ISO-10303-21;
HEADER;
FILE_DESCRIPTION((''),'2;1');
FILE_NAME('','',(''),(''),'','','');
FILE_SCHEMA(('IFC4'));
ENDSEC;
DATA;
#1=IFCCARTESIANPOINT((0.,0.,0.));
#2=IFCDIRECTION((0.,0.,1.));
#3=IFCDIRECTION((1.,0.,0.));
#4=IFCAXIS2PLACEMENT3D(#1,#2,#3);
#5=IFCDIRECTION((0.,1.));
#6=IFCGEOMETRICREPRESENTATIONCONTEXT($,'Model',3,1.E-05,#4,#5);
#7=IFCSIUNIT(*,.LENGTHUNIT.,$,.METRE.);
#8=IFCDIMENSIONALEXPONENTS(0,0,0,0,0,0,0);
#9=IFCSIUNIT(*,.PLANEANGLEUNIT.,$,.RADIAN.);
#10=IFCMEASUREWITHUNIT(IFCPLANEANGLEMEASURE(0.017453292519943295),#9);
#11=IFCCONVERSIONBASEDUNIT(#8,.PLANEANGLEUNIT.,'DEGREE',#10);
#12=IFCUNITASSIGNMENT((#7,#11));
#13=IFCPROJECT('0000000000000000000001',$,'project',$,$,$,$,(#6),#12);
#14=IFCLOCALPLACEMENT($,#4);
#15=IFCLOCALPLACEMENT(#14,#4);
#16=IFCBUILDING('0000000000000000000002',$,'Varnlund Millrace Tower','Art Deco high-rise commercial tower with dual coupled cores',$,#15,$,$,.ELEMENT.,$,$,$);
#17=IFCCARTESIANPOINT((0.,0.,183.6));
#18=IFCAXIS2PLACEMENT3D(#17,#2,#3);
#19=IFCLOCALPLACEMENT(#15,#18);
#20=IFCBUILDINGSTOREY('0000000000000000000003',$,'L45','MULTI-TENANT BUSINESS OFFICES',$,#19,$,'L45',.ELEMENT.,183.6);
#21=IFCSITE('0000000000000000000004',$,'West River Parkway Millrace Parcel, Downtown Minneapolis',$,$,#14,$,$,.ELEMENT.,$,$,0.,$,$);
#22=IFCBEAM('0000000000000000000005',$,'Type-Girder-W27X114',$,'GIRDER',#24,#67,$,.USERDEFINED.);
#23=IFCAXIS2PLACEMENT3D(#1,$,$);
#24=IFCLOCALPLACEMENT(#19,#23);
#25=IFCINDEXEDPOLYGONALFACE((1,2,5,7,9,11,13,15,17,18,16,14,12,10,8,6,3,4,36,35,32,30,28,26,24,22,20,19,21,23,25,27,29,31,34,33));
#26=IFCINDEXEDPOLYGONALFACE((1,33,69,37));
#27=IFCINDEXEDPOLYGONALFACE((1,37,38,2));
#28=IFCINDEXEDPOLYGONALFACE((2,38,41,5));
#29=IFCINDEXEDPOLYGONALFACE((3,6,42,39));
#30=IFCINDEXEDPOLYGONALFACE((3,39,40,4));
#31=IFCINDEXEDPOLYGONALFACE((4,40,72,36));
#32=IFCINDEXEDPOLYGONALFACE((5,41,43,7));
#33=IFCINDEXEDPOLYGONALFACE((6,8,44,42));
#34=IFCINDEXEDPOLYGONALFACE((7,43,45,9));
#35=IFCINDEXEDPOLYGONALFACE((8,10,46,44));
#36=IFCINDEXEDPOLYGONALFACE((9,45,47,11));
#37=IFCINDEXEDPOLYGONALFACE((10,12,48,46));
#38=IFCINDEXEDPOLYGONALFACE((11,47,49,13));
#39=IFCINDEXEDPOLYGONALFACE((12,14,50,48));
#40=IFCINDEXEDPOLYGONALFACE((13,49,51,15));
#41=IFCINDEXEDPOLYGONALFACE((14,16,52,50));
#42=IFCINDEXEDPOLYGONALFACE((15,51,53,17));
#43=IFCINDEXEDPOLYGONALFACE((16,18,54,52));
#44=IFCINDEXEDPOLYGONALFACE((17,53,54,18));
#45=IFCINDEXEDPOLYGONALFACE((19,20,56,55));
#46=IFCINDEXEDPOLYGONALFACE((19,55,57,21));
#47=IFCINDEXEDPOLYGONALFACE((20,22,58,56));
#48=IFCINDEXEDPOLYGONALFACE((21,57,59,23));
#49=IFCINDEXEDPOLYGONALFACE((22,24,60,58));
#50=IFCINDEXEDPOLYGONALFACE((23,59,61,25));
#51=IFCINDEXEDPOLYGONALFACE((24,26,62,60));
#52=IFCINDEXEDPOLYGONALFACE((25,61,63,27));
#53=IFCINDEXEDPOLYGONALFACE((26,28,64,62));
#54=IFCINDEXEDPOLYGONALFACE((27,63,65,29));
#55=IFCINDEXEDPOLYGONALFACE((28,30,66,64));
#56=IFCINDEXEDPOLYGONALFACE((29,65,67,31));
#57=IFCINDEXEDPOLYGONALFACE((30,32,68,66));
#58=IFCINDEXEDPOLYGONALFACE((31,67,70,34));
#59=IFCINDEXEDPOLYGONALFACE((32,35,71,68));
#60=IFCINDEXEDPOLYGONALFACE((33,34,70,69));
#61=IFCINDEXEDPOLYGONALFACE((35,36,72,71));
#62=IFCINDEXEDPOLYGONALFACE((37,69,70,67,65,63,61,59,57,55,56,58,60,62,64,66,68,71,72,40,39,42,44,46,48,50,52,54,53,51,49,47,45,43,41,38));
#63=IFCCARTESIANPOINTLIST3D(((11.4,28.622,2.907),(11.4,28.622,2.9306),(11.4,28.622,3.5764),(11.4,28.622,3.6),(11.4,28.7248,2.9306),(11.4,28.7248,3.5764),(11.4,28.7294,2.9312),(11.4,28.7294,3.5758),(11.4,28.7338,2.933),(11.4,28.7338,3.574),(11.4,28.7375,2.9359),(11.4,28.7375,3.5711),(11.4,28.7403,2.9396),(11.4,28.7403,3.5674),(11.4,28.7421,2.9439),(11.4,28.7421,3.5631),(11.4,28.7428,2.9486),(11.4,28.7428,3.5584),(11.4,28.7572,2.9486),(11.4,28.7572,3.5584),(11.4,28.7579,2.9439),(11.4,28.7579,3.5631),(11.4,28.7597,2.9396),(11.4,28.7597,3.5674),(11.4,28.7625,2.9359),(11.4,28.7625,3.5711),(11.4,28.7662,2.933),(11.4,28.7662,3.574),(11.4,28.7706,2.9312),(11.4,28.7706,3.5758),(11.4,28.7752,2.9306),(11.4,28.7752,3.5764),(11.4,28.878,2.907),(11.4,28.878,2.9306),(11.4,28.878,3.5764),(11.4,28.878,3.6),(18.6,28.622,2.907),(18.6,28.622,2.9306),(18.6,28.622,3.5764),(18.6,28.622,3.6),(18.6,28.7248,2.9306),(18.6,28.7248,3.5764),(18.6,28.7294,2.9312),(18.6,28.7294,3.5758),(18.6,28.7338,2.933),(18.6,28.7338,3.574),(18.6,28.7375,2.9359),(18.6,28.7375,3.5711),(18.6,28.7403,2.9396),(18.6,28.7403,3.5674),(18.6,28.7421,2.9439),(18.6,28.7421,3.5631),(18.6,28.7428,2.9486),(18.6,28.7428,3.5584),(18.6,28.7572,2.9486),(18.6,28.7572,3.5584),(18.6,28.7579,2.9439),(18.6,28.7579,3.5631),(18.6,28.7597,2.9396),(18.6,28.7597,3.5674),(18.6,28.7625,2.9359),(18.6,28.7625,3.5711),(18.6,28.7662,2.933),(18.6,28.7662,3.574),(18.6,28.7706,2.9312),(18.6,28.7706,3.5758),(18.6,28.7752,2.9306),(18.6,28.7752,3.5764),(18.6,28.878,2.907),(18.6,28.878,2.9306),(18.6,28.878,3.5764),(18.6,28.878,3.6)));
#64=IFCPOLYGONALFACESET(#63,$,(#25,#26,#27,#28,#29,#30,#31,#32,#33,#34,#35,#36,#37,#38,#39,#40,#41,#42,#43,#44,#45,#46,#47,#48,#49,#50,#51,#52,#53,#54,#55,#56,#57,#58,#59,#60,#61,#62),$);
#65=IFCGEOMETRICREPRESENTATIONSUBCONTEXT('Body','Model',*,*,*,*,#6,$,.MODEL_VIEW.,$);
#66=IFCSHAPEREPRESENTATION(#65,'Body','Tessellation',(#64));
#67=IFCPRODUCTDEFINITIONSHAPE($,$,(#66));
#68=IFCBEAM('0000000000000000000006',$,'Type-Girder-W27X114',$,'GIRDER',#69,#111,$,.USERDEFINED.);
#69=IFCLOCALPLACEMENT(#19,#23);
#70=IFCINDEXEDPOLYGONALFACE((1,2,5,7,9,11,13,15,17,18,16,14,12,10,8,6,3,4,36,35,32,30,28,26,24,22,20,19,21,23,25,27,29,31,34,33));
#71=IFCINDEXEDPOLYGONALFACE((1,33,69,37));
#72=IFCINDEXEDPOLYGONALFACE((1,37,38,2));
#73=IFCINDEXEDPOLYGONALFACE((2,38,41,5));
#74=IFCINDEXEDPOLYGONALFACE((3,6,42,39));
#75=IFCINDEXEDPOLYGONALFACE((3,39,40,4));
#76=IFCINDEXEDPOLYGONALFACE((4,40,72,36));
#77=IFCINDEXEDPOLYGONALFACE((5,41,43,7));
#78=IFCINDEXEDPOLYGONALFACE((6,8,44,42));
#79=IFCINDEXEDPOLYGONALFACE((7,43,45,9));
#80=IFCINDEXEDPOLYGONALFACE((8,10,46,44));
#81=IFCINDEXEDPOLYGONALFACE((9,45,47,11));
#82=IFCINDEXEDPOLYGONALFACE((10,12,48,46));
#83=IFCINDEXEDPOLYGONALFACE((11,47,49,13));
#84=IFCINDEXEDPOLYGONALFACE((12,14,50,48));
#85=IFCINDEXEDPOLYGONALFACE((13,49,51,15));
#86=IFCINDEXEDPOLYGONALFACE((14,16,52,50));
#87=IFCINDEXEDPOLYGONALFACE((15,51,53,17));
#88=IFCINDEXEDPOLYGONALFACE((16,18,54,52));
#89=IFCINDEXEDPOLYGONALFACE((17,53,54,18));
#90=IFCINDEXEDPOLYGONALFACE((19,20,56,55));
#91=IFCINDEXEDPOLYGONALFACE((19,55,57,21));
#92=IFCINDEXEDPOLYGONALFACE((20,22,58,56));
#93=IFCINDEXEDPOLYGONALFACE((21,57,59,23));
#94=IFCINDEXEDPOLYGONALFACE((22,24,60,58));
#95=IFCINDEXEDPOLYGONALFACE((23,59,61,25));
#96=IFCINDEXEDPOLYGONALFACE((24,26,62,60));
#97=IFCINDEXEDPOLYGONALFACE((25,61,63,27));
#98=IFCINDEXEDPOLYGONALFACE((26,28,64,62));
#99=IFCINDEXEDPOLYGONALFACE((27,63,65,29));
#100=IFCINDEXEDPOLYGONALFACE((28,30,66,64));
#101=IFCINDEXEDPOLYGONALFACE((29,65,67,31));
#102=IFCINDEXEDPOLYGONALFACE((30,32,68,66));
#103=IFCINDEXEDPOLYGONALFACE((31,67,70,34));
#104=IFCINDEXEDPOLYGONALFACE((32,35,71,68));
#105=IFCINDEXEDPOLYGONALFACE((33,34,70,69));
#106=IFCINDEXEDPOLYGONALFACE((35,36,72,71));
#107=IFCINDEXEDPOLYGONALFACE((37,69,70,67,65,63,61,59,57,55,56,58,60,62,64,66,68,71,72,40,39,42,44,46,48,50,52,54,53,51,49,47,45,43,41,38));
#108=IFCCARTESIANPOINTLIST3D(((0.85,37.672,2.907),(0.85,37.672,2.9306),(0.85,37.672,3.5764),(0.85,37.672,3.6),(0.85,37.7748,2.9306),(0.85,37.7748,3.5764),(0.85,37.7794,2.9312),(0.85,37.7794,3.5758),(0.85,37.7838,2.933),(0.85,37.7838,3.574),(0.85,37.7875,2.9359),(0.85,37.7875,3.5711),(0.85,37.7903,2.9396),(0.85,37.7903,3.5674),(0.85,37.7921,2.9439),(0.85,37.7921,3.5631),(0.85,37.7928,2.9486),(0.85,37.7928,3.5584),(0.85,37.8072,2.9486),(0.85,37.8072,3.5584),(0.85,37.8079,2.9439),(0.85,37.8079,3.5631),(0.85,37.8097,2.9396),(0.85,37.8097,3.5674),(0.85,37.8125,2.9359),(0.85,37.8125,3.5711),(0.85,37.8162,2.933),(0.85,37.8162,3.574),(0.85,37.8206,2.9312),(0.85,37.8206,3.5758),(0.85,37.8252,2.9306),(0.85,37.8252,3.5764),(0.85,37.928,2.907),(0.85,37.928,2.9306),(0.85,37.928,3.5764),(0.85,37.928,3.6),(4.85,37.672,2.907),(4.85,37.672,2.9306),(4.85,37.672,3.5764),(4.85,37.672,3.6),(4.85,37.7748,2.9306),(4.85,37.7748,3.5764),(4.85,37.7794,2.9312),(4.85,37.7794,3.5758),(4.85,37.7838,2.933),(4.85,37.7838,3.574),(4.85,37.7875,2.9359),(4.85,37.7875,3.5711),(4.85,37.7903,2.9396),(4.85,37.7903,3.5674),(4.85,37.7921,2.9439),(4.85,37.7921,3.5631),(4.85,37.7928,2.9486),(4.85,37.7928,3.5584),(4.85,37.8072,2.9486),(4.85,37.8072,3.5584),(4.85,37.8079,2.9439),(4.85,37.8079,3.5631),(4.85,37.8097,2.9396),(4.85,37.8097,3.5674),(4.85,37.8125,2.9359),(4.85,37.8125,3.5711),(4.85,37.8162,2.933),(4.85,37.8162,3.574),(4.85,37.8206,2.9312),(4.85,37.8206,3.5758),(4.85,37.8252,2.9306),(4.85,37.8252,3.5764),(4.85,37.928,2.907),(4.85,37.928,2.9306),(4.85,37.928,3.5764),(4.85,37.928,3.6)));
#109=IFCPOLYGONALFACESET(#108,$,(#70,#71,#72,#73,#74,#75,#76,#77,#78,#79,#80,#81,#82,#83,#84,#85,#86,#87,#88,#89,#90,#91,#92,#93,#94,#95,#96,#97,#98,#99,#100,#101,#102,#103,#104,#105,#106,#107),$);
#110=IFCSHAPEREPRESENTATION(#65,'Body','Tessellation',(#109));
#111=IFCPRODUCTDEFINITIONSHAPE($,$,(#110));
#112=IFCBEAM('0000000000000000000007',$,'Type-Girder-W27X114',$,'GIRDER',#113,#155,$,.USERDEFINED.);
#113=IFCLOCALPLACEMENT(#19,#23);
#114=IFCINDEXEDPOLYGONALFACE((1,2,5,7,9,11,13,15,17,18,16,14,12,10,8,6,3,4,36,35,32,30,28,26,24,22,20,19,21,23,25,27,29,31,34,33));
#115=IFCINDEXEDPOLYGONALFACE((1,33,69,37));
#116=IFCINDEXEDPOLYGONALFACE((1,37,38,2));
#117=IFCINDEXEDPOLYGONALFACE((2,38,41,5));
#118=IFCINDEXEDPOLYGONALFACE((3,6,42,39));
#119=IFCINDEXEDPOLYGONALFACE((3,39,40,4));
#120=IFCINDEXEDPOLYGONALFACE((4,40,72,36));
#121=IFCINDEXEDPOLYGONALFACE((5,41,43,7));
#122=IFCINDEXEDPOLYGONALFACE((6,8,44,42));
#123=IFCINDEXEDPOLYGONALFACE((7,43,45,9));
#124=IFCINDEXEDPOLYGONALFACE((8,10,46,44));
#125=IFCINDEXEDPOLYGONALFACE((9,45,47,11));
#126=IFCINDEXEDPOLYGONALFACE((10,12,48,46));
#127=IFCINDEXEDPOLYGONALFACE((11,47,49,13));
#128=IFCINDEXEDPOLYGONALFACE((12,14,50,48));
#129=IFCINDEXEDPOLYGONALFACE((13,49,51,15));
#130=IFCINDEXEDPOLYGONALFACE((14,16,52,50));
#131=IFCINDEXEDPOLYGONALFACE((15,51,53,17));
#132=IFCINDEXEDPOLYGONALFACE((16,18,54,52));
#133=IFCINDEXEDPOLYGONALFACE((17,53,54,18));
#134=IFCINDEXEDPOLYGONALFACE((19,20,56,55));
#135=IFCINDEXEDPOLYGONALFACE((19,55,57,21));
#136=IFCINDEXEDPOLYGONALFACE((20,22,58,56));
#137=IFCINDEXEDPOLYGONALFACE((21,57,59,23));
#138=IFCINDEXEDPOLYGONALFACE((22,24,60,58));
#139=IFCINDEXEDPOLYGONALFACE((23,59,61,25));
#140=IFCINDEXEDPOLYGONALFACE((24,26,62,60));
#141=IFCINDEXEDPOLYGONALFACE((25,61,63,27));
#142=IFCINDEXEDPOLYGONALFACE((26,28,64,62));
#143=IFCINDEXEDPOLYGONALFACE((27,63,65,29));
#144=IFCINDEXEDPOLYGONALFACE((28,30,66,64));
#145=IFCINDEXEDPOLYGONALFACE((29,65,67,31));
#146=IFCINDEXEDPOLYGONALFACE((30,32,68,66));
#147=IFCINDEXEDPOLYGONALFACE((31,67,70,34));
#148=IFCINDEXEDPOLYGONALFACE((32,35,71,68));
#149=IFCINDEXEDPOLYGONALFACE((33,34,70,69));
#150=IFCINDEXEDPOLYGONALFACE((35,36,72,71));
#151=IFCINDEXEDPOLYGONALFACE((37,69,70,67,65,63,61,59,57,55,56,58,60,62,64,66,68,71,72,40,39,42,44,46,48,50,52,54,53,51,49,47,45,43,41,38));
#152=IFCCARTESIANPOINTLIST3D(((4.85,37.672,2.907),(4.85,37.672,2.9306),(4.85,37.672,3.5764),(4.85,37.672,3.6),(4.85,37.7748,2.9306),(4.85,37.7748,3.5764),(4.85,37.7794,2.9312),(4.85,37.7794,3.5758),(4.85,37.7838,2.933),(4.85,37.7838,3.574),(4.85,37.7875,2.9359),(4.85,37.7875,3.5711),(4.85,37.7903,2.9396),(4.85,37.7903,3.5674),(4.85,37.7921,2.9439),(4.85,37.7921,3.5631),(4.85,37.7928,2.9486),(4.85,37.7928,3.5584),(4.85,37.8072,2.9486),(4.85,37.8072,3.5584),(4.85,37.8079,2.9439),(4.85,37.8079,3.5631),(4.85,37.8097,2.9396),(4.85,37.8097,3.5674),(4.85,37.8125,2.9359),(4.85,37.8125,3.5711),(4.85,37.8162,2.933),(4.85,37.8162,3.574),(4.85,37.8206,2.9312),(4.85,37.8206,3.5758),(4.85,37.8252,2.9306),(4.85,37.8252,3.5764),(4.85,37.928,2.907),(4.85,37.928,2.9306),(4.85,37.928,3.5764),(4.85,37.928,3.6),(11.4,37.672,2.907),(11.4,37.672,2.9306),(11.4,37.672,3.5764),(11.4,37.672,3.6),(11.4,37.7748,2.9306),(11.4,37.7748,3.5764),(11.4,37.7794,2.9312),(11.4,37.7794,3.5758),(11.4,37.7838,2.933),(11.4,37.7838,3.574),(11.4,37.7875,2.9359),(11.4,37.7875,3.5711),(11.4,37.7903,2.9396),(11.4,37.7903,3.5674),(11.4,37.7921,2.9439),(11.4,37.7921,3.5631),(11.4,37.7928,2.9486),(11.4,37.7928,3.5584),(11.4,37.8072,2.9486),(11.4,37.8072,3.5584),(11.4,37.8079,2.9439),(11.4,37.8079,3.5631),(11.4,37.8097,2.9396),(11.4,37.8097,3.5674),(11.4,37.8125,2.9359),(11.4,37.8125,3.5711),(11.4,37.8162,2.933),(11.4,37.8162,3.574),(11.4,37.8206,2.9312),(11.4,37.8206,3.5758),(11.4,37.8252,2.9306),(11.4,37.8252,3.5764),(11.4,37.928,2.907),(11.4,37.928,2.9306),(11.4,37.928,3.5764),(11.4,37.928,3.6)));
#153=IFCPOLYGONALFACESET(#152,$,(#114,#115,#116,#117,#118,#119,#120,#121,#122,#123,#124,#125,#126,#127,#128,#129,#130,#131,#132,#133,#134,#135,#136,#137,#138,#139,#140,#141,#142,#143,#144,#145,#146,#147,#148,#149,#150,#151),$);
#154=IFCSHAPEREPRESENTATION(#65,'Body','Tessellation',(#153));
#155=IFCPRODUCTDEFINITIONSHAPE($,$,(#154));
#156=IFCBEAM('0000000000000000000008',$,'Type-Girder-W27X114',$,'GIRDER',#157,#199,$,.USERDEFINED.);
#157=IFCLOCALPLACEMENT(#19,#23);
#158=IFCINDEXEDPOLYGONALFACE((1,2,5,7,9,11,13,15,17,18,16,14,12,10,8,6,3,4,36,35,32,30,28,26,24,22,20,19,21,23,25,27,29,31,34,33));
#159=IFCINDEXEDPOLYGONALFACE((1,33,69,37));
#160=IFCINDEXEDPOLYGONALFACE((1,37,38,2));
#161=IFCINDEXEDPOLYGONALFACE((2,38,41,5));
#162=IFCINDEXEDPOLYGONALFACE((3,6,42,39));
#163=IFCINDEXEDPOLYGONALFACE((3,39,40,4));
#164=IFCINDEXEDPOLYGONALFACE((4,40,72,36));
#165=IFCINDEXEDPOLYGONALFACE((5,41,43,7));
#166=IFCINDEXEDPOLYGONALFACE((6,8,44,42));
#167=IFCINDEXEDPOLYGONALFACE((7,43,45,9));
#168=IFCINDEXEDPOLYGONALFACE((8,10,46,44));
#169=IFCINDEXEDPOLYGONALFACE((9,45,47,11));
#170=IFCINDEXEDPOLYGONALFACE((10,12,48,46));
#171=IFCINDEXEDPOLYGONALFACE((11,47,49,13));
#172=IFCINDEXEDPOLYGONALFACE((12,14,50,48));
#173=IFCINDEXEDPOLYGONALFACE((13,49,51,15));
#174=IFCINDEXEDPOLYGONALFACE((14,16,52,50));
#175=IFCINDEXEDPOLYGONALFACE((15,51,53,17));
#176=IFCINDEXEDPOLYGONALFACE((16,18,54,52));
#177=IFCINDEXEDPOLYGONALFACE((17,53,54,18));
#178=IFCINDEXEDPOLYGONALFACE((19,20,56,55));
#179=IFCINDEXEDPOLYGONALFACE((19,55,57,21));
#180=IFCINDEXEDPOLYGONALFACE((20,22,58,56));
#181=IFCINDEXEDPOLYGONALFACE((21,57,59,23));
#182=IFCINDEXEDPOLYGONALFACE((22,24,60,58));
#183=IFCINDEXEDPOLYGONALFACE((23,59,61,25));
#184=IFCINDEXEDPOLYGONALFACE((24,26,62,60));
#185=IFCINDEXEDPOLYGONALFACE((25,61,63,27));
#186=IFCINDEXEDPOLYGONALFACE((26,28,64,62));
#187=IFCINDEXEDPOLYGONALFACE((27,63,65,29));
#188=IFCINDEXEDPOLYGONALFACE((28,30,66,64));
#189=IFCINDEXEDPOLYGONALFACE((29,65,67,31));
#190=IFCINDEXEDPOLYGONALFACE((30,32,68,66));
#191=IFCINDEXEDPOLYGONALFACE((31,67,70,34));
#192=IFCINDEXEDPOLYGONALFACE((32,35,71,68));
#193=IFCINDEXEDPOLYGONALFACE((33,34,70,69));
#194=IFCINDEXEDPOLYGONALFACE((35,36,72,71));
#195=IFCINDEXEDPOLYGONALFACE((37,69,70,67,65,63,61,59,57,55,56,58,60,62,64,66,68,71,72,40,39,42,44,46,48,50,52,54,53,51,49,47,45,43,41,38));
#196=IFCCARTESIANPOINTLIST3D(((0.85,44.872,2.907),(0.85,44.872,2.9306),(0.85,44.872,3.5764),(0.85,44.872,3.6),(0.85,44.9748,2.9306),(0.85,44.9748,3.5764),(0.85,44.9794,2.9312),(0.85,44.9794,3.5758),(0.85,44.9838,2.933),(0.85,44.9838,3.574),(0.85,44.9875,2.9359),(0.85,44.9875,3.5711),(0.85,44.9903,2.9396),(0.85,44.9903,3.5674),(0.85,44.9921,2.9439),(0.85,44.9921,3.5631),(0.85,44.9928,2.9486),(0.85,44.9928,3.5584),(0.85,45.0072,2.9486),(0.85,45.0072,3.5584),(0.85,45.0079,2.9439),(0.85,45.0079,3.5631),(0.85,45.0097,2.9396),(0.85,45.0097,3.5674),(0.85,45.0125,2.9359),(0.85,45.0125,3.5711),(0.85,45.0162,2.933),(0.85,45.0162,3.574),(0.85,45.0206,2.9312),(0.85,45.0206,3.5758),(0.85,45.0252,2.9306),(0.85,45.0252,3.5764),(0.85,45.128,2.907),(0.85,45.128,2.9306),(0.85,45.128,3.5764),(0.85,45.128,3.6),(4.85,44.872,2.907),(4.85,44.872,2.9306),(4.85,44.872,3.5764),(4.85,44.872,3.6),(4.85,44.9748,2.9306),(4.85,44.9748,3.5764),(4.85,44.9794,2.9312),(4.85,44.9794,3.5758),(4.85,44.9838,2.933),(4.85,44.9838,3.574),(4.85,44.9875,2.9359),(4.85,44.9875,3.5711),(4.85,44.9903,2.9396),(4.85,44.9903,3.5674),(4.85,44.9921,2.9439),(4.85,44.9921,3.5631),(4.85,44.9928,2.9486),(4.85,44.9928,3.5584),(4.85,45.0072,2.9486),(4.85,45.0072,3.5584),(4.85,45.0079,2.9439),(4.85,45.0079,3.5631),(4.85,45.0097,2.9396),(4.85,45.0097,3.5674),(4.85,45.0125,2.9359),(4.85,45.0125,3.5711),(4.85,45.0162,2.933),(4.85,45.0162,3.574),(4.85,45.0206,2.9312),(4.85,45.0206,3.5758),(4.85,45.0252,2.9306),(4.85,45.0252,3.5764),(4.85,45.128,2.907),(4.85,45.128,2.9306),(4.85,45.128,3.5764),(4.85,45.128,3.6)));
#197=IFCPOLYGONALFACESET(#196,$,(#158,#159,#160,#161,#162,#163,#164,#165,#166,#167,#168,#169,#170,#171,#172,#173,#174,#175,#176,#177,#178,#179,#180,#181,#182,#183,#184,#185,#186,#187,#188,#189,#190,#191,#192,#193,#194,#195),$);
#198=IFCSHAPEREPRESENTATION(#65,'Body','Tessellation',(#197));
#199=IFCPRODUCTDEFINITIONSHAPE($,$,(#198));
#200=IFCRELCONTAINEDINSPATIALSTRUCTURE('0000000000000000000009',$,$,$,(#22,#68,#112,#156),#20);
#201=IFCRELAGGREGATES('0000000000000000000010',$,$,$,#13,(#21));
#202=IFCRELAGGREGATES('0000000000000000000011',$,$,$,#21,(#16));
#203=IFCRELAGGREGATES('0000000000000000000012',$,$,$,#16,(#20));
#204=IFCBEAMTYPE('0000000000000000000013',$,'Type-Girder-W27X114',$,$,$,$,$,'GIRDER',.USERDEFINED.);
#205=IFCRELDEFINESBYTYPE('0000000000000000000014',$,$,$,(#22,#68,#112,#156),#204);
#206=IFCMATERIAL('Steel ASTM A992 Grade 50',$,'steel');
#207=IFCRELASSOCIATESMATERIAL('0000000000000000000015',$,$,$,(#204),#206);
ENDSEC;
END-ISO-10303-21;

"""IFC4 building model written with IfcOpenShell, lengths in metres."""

from ifc_helpers import new_model, entity, si_unit, converted_unit, direction, frame, origin_with_axes, origin_2d_with_axis, place, context, subcontext, project, spatial, i_section, extrude, material, material_profile, profile_set, type_object, element, save


model = new_model("IFC4")

# Units and contexts
model_context = context("Model", 3, precision=1e-05, world=origin_with_axes(), true_north=direction((0.0, 1.0)))
body_context = subcontext(model_context, "Body", "Model", "MODEL_VIEW")
ifc_project = project(units=[si_unit("LENGTHUNIT", "METRE"), converted_unit("PLANEANGLEUNIT", "DEGREE", entity("IfcPlaneAngleMeasure", 0.017453292519943295), si_unit("PLANEANGLEUNIT", "RADIAN"), dimensions=[0, 0, 0, 0, 0, 0, 0])], contexts=[model_context])

# Site, building, storey
site_placement = place(None, origin_with_axes())
site = spatial("IfcSite", under=ifc_project, at=site_placement, Name="West River Parkway Millrace Parcel, Downtown Minneapolis", CompositionType="ELEMENT", RefElevation=0.0)
building_placement = place(site_placement, origin_with_axes())
building = spatial("IfcBuilding", under=site, at=building_placement, Name="Varnlund Millrace Tower", Description="Art Deco high-rise commercial tower with dual coupled cores", CompositionType="ELEMENT")
storey_placement = place(building_placement, frame((0.0, 0.0, 183.6), z_axis=(0.0, 0.0, 1.0), x_axis=(1.0, 0.0, 0.0)))
storey = spatial("IfcBuildingStorey", under=building, at=storey_placement, Name="L45", Description="MULTI-TENANT BUSINESS OFFICES", LongName="L45", CompositionType="ELEMENT", Elevation=183.6)

# Beams
ifc_material_1 = material(Name="Steel ASTM A992 Grade 50", Category="steel")
ifc_material_profile_1 = material_profile(ifc_material_1, i_section(OverallWidth=0.256, OverallDepth=0.693, WebThickness=0.0145, FlangeThickness=0.0236, FilletRadius=0.018, at=origin_2d_with_axis()), Name="Steel ASTM A992 Grade 50")
ifc_profile_set_1 = profile_set([ifc_material_profile_1], Name="Steel ASTM A992 Grade 50")
beam_type_1 = type_object("IfcBeamType", Name="Type-Girder-W27X114", ElementType="GIRDER", PredefinedType="USERDEFINED", material=ifc_profile_set_1)
beam_1_placement = place(storey_placement, frame((11.4, 28.75, 3.2535), z_axis=(1.0, 0.0, 0.0), x_axis=(0.0, 1.0, 0.0)))
element("IfcBeam", 1, at=beam_1_placement, inside=storey, type_object=beam_type_1, Name="Type-Girder-W27X114", ObjectType="GIRDER", PredefinedType="USERDEFINED", context=body_context, shape_type="SweptSolid", body=[
    extrude(i_section(OverallWidth=0.256, OverallDepth=0.693, WebThickness=0.0145, FlangeThickness=0.0236, FilletRadius=0.018, at=origin_2d_with_axis()), origin_with_axes(), (0.0, 0.0, 1.0), 7.2),
])
beam_2_placement = place(storey_placement, frame((0.85, 37.8, 3.2535), z_axis=(1.0, 0.0, 0.0), x_axis=(0.0, 1.0, 0.0)))
element("IfcBeam", 2, at=beam_2_placement, inside=storey, type_object=beam_type_1, Name="Type-Girder-W27X114", ObjectType="GIRDER", PredefinedType="USERDEFINED", context=body_context, shape_type="SweptSolid", body=[
    extrude(i_section(OverallWidth=0.256, OverallDepth=0.693, WebThickness=0.0145, FlangeThickness=0.0236, FilletRadius=0.018, at=origin_2d_with_axis()), origin_with_axes(), (0.0, 0.0, 1.0), 4.0),
])
beam_3_placement = place(storey_placement, frame((4.85, 37.8, 3.2535), z_axis=(1.0, 0.0, 0.0), x_axis=(0.0, 1.0, 0.0)))
element("IfcBeam", 3, at=beam_3_placement, inside=storey, type_object=beam_type_1, Name="Type-Girder-W27X114", ObjectType="GIRDER", PredefinedType="USERDEFINED", context=body_context, shape_type="SweptSolid", body=[
    extrude(i_section(OverallWidth=0.256, OverallDepth=0.693, WebThickness=0.0145, FlangeThickness=0.0236, FilletRadius=0.018, at=origin_2d_with_axis()), origin_with_axes(), (0.0, 0.0, 1.0), 6.55),
])
beam_4_placement = place(storey_placement, frame((0.85, 45.0, 3.2535), z_axis=(1.0, 0.0, 0.0), x_axis=(0.0, 1.0, 0.0)))
element("IfcBeam", 4, at=beam_4_placement, inside=storey, type_object=beam_type_1, Name="Type-Girder-W27X114", ObjectType="GIRDER", PredefinedType="USERDEFINED", context=body_context, shape_type="SweptSolid", body=[
    extrude(i_section(OverallWidth=0.256, OverallDepth=0.693, WebThickness=0.0145, FlangeThickness=0.0236, FilletRadius=0.018, at=origin_2d_with_axis()), origin_with_axes(), (0.0, 0.0, 1.0), 4.0),
])

save(model, "model.ifc")
